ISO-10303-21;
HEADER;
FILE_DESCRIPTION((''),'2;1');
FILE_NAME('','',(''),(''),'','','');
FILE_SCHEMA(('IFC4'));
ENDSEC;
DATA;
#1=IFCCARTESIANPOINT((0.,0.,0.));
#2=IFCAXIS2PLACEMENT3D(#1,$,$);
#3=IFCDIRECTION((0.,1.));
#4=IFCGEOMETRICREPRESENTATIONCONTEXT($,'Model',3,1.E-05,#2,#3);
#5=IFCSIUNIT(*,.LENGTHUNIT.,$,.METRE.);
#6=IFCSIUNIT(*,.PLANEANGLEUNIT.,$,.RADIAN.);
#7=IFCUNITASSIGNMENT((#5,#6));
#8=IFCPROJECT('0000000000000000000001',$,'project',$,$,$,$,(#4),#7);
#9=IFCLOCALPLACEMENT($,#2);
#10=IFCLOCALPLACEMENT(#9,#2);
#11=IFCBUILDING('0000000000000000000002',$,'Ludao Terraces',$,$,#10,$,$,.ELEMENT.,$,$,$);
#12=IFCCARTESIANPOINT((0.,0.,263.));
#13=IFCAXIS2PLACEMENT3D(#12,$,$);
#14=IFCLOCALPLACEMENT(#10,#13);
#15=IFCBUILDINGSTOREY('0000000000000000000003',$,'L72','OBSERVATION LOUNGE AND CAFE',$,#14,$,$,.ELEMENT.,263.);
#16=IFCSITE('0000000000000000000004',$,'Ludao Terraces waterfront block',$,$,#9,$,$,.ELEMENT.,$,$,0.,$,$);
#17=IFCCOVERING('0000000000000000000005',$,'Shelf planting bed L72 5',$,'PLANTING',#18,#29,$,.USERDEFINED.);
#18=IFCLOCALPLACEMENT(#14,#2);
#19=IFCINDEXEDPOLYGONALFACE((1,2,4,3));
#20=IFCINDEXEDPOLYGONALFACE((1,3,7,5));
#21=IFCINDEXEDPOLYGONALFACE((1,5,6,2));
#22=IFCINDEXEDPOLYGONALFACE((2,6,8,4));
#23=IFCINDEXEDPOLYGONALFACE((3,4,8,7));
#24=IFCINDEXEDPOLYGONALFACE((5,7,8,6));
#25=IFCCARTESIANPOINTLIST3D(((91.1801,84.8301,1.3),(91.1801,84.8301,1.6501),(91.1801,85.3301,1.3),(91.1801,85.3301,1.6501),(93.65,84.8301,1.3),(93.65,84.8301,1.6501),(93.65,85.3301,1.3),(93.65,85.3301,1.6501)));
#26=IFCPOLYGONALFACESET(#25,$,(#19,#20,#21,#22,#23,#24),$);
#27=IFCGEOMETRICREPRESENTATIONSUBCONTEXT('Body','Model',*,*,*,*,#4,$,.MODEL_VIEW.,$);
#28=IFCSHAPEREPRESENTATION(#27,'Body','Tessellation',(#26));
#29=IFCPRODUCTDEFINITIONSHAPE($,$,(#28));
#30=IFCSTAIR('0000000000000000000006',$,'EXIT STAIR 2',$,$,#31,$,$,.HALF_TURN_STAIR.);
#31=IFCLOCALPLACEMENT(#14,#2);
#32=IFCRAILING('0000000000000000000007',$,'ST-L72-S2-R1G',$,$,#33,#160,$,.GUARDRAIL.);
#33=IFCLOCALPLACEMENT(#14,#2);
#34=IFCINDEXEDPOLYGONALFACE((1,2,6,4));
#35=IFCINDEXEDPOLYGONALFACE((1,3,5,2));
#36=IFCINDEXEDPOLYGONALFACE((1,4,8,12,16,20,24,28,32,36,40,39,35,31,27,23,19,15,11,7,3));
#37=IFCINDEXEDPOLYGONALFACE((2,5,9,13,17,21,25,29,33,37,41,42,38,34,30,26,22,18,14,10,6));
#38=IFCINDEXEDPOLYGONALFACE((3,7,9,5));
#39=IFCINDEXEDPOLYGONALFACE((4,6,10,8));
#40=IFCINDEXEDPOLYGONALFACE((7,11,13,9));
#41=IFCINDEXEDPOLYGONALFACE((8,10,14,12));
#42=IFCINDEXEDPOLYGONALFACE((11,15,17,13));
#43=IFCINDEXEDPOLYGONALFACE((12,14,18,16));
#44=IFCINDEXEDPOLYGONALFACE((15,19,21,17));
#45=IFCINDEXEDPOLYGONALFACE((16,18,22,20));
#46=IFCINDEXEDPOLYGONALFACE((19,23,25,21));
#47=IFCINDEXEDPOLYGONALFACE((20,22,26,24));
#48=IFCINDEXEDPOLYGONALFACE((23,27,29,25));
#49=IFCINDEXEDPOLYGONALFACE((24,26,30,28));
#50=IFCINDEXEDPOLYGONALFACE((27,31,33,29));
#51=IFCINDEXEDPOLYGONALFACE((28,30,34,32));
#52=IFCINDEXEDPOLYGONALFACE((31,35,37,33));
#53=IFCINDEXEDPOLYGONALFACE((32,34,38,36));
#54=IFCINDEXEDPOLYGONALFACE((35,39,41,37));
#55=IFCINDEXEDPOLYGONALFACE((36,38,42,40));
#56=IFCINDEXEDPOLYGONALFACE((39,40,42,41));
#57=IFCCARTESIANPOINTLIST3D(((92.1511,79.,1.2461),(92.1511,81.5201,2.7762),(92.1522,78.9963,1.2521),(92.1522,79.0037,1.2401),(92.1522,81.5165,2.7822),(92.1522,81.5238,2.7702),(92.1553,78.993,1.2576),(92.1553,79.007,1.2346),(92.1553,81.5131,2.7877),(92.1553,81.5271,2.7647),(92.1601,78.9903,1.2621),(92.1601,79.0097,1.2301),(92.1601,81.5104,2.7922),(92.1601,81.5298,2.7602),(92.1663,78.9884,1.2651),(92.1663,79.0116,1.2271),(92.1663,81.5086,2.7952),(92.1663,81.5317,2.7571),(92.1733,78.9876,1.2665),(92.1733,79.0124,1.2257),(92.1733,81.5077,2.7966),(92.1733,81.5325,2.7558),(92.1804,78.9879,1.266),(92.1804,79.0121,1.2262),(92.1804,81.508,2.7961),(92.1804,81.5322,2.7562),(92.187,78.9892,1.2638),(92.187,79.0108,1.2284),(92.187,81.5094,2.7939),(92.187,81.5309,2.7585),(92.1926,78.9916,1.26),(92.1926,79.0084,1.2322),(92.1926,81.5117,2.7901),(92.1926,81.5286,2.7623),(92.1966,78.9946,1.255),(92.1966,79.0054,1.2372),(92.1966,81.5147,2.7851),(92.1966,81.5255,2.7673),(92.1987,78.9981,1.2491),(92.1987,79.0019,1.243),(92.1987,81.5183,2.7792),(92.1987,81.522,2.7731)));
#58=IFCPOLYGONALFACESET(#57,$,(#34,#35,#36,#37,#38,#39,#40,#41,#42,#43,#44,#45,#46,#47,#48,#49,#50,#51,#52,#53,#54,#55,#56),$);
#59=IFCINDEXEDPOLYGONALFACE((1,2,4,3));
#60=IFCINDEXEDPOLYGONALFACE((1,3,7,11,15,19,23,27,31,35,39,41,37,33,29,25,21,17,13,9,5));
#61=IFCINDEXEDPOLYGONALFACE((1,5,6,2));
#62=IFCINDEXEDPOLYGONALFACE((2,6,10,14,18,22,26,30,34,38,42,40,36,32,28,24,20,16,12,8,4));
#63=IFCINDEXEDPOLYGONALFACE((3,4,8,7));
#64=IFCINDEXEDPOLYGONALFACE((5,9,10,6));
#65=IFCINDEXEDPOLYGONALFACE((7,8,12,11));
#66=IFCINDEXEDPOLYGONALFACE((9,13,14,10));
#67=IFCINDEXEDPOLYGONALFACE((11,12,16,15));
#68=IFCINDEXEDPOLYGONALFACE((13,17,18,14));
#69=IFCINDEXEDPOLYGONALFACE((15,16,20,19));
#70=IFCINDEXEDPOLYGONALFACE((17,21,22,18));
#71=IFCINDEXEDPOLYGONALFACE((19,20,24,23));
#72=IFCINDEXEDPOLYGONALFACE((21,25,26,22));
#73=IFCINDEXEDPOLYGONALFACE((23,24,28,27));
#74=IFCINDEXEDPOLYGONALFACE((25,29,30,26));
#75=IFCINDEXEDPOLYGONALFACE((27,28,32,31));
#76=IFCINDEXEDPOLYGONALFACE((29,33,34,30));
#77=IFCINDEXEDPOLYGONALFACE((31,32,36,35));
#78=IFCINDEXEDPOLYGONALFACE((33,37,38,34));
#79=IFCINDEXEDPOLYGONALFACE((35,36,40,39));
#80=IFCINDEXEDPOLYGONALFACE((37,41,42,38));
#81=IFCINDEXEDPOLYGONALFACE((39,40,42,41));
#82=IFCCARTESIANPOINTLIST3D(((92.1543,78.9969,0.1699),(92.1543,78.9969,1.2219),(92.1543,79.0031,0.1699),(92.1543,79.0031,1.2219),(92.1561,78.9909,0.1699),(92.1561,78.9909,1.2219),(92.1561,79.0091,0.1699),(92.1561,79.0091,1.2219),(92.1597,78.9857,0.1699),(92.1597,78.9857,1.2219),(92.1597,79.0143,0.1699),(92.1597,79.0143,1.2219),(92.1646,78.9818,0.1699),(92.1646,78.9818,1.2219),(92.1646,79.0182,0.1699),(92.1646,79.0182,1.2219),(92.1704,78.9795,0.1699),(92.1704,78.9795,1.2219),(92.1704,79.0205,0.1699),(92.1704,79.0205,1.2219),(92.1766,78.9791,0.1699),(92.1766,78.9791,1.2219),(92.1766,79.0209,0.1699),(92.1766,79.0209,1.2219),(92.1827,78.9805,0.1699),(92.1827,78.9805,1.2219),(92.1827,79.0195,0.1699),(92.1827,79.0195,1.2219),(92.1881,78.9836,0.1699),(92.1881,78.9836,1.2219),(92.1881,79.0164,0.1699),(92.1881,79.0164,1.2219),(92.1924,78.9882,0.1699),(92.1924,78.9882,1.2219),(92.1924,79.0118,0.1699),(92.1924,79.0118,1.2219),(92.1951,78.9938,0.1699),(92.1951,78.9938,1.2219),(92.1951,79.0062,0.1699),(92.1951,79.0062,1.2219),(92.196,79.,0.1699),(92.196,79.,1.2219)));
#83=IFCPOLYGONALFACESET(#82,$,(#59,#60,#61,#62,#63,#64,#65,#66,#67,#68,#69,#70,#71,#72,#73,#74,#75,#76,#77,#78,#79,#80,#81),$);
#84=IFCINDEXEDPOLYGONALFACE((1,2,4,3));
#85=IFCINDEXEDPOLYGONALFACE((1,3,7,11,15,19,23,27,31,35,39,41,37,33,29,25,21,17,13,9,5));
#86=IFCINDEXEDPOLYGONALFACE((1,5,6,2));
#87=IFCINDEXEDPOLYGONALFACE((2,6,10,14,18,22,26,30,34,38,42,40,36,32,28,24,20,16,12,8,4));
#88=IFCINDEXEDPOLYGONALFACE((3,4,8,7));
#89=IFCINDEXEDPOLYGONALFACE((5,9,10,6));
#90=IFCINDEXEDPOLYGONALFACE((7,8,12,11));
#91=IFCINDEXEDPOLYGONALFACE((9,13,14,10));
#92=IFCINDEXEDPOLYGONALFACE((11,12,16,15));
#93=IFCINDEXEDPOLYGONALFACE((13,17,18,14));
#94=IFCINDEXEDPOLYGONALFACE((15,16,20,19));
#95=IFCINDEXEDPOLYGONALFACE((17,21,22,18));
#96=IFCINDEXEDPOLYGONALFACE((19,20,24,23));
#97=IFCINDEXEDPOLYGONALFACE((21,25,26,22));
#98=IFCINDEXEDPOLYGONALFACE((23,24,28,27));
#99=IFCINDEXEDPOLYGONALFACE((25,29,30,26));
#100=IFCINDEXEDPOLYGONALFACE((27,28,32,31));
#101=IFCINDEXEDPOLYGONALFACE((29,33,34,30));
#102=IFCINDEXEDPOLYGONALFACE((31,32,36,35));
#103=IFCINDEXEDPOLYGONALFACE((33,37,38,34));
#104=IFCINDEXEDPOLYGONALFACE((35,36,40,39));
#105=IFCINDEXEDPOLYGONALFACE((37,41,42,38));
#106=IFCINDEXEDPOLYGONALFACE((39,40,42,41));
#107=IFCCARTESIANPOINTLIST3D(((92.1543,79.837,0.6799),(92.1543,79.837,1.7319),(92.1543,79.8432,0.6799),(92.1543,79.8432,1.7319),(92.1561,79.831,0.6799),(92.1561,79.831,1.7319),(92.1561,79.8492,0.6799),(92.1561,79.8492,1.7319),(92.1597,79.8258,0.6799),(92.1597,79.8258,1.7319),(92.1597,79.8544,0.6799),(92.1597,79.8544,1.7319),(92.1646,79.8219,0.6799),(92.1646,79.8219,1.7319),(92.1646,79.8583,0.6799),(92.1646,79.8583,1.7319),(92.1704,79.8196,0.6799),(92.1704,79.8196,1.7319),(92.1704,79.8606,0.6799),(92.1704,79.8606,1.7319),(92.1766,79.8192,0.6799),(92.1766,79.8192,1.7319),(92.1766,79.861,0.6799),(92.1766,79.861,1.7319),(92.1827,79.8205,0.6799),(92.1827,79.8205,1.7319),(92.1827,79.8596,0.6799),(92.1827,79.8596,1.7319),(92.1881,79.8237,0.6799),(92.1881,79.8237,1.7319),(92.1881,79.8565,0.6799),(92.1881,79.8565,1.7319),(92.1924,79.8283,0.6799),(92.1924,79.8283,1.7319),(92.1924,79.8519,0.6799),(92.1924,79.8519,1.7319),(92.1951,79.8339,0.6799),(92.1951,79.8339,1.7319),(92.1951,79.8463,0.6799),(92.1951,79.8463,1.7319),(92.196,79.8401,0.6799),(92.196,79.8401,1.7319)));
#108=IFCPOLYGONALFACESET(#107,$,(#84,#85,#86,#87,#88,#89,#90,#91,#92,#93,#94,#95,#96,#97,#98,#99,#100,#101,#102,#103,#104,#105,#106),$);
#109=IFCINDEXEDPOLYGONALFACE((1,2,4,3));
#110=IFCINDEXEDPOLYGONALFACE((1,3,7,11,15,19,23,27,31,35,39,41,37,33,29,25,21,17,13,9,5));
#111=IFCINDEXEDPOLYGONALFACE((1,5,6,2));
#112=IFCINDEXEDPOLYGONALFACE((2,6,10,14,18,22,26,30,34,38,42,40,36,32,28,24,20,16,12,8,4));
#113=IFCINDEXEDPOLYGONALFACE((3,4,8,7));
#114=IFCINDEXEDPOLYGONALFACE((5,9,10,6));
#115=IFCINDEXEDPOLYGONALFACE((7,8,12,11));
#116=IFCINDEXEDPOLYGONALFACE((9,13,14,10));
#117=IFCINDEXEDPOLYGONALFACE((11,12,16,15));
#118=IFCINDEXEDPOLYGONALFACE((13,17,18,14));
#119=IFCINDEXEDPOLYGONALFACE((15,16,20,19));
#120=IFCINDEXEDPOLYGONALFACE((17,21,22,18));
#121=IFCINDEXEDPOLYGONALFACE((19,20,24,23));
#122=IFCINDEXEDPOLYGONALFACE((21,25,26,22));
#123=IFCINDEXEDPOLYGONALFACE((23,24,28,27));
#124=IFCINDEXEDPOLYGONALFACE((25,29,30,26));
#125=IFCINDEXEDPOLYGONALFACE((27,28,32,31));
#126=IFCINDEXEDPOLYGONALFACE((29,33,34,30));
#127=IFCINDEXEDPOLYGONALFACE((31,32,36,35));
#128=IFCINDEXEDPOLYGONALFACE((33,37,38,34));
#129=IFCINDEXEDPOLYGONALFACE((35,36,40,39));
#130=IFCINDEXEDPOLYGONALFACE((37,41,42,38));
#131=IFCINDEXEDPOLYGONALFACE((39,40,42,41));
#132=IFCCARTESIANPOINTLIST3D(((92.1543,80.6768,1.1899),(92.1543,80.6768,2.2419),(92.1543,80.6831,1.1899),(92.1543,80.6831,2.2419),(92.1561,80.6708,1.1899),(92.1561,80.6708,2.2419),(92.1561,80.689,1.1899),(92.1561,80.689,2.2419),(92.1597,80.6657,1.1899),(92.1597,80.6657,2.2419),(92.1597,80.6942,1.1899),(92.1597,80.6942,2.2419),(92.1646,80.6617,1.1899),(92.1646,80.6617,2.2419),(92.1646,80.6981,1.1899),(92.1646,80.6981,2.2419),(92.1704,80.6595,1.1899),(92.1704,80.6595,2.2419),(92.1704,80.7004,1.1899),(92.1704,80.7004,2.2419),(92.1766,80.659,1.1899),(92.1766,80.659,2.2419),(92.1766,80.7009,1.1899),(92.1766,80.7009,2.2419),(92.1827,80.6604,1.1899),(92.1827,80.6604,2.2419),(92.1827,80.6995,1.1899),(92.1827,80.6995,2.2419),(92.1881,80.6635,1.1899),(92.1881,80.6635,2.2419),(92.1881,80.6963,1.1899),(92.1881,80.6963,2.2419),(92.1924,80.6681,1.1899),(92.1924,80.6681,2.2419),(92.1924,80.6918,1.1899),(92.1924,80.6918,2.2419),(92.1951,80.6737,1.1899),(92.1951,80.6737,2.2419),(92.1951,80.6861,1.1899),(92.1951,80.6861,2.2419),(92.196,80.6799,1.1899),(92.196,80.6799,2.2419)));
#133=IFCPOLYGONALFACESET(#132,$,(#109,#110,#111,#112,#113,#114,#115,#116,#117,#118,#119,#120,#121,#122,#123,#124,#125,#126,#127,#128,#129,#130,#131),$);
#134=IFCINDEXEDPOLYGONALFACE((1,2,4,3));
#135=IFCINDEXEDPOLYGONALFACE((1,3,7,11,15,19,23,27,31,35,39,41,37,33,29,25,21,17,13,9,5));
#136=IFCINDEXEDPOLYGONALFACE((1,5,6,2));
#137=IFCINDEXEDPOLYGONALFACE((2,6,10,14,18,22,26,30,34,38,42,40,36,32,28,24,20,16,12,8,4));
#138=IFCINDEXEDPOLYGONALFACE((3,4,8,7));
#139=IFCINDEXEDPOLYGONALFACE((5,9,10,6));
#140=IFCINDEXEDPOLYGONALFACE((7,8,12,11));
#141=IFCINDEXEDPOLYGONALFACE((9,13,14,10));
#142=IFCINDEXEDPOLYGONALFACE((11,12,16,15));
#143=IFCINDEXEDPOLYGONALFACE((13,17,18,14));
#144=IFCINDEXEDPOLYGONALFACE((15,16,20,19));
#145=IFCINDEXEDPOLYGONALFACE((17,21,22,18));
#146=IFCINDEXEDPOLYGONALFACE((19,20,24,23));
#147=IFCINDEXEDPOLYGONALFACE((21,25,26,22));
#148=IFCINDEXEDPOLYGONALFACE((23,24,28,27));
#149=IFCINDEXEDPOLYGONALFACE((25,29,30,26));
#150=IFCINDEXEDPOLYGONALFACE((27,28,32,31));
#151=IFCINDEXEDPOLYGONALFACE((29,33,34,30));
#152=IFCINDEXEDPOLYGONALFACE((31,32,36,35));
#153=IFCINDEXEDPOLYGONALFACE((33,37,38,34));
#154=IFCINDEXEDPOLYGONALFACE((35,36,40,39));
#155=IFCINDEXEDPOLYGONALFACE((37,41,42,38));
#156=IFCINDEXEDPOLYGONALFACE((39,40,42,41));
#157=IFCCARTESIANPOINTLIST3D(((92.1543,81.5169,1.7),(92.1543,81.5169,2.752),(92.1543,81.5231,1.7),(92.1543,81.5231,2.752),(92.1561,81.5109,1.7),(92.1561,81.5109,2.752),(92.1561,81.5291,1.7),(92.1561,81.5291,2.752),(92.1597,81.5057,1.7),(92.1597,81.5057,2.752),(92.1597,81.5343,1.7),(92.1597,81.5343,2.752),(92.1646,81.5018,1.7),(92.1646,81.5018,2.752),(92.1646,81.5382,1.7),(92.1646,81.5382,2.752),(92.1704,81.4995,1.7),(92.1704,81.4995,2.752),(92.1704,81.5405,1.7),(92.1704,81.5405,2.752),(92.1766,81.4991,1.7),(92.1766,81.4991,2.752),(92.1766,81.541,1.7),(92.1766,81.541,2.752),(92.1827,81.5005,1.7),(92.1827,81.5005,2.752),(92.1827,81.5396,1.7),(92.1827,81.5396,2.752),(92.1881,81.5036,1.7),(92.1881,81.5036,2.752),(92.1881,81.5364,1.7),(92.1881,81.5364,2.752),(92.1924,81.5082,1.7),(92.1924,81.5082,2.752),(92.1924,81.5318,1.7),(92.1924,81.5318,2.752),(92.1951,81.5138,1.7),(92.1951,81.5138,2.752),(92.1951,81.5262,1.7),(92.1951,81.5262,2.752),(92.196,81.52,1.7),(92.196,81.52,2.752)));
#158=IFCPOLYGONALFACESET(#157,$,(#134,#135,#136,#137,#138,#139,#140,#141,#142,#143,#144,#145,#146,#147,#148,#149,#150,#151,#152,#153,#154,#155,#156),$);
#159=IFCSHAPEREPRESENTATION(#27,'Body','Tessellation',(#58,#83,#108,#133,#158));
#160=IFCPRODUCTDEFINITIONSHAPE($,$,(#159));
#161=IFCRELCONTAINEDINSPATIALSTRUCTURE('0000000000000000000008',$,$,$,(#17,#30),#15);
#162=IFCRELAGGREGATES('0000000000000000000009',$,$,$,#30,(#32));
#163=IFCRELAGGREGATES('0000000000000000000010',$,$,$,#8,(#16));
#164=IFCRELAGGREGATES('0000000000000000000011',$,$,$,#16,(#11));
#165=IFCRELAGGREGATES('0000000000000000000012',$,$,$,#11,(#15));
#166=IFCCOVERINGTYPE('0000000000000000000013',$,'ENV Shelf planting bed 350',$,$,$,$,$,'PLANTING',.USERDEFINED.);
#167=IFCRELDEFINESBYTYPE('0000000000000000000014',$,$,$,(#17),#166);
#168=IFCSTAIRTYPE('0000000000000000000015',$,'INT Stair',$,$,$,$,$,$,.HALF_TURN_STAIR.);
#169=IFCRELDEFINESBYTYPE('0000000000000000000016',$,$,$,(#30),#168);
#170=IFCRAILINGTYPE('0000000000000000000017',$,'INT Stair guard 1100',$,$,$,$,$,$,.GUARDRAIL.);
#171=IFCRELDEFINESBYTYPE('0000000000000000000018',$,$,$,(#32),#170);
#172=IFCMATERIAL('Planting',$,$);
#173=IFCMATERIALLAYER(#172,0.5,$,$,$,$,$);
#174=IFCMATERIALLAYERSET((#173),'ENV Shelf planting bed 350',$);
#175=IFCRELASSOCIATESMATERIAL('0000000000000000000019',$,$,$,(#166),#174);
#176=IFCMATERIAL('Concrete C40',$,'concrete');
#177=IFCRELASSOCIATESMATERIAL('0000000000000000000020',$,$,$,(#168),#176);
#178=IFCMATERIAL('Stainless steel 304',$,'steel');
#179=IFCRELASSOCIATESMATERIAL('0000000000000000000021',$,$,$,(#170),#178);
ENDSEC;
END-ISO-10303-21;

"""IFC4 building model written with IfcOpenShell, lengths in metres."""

from ifc_helpers import new_model, si_unit, direction, frame, origin, origin_2d, place, context, subcontext, project, spatial, rectangle, circle, extrude, material, layer, layer_set, type_object, element, aggregate, save


model = new_model("IFC4")

# Units and contexts
model_context = context("Model", 3, precision=1e-05, world=origin(), true_north=direction((0.0, 1.0)))
body_context = subcontext(model_context, "Body", "Model", "MODEL_VIEW")
ifc_project = project(units=[si_unit("LENGTHUNIT", "METRE"), si_unit("PLANEANGLEUNIT", "RADIAN")], contexts=[model_context])

# Site, building, storey
site_placement = place(None, origin())
site = spatial("IfcSite", under=ifc_project, at=site_placement, Name="Ludao Terraces waterfront block", CompositionType="ELEMENT", RefElevation=0.0)
building_placement = place(site_placement, origin())
building = spatial("IfcBuilding", under=site, at=building_placement, Name="Ludao Terraces", CompositionType="ELEMENT")
storey_placement = place(building_placement, frame((0.0, 0.0, 263.0)))
storey = spatial("IfcBuildingStorey", under=building, at=storey_placement, Name="L72", Description="OBSERVATION LOUNGE AND CAFE", CompositionType="ELEMENT", Elevation=263.0)

# Shared definitions
ifc_material_1 = material(Name="Concrete C40", Category="concrete")

# Covering
ifc_material_2 = material(Name="Planting")
ifc_layer_1 = layer(ifc_material_2, 0.5)
ifc_layer_set_1 = layer_set([ifc_layer_1], Name="ENV Shelf planting bed 350")
covering_type_1 = type_object("IfcCoveringType", Name="ENV Shelf planting bed 350", ElementType="PLANTING", PredefinedType="USERDEFINED", material=ifc_layer_set_1)
covering_1_placement = place(storey_placement, frame((92.415, 85.0801, 1.3), z_axis=(0.0, 0.0, 1.0), x_axis=(1.0, 0.0, 0.0)))
element("IfcCovering", 1, at=covering_1_placement, inside=storey, type_object=covering_type_1, Name="Shelf planting bed L72 5", ObjectType="PLANTING", PredefinedType="USERDEFINED", context=body_context, shape_type="SweptSolid", body=[
    extrude(rectangle(XDim=2.47, YDim=0.5, at=origin_2d()), origin(), (0.0, 0.0, 1.0), 0.3501),
])

# Stair, railing
stair_type = type_object("IfcStairType", Name="INT Stair", PredefinedType="HALF_TURN_STAIR", material=ifc_material_1)
stair_placement = place(storey_placement, origin())
stair = element("IfcStair", 2, at=stair_placement, inside=storey, type_object=stair_type, Name="EXIT STAIR 2", PredefinedType="HALF_TURN_STAIR")
ifc_material_3 = material(Name="Stainless steel 304", Category="steel")
railing_type_1 = type_object("IfcRailingType", Name="INT Stair guard 1100", PredefinedType="GUARDRAIL", material=ifc_material_3)
railing_1_placement = place(storey_placement, frame((92.175, 79.0, 0.1699)))
railing_1 = element("IfcRailing", 3, at=railing_1_placement, type_object=railing_type_1, Name="ST-L72-S2-R1G", PredefinedType="GUARDRAIL", context=body_context, shape_type="SweptSolid", body=[
    extrude(circle(Radius=0.0239, at=origin_2d()), frame((0.0, 0.0, 1.0762), z_axis=(0.0, 0.854785, 0.518982), x_axis=(-1.0, 0.0, 0.0)), (0.0, 0.0, 1.0), 2.9482),
    extrude(circle(Radius=0.021, at=origin_2d()), origin(), (0.0, 0.0, 1.0), 1.052),
    extrude(circle(Radius=0.021, at=origin_2d()), frame((0.0, 0.8401, 0.51)), (0.0, 0.0, 1.0), 1.052),
    extrude(circle(Radius=0.021, at=origin_2d()), frame((0.0, 1.6799, 1.02)), (0.0, 0.0, 1.0), 1.052),
    extrude(circle(Radius=0.021, at=origin_2d()), frame((0.0, 2.52, 1.53)), (0.0, 0.0, 1.0), 1.052),
])
aggregate(stair, [railing_1])

save(model, "model.ifc")
